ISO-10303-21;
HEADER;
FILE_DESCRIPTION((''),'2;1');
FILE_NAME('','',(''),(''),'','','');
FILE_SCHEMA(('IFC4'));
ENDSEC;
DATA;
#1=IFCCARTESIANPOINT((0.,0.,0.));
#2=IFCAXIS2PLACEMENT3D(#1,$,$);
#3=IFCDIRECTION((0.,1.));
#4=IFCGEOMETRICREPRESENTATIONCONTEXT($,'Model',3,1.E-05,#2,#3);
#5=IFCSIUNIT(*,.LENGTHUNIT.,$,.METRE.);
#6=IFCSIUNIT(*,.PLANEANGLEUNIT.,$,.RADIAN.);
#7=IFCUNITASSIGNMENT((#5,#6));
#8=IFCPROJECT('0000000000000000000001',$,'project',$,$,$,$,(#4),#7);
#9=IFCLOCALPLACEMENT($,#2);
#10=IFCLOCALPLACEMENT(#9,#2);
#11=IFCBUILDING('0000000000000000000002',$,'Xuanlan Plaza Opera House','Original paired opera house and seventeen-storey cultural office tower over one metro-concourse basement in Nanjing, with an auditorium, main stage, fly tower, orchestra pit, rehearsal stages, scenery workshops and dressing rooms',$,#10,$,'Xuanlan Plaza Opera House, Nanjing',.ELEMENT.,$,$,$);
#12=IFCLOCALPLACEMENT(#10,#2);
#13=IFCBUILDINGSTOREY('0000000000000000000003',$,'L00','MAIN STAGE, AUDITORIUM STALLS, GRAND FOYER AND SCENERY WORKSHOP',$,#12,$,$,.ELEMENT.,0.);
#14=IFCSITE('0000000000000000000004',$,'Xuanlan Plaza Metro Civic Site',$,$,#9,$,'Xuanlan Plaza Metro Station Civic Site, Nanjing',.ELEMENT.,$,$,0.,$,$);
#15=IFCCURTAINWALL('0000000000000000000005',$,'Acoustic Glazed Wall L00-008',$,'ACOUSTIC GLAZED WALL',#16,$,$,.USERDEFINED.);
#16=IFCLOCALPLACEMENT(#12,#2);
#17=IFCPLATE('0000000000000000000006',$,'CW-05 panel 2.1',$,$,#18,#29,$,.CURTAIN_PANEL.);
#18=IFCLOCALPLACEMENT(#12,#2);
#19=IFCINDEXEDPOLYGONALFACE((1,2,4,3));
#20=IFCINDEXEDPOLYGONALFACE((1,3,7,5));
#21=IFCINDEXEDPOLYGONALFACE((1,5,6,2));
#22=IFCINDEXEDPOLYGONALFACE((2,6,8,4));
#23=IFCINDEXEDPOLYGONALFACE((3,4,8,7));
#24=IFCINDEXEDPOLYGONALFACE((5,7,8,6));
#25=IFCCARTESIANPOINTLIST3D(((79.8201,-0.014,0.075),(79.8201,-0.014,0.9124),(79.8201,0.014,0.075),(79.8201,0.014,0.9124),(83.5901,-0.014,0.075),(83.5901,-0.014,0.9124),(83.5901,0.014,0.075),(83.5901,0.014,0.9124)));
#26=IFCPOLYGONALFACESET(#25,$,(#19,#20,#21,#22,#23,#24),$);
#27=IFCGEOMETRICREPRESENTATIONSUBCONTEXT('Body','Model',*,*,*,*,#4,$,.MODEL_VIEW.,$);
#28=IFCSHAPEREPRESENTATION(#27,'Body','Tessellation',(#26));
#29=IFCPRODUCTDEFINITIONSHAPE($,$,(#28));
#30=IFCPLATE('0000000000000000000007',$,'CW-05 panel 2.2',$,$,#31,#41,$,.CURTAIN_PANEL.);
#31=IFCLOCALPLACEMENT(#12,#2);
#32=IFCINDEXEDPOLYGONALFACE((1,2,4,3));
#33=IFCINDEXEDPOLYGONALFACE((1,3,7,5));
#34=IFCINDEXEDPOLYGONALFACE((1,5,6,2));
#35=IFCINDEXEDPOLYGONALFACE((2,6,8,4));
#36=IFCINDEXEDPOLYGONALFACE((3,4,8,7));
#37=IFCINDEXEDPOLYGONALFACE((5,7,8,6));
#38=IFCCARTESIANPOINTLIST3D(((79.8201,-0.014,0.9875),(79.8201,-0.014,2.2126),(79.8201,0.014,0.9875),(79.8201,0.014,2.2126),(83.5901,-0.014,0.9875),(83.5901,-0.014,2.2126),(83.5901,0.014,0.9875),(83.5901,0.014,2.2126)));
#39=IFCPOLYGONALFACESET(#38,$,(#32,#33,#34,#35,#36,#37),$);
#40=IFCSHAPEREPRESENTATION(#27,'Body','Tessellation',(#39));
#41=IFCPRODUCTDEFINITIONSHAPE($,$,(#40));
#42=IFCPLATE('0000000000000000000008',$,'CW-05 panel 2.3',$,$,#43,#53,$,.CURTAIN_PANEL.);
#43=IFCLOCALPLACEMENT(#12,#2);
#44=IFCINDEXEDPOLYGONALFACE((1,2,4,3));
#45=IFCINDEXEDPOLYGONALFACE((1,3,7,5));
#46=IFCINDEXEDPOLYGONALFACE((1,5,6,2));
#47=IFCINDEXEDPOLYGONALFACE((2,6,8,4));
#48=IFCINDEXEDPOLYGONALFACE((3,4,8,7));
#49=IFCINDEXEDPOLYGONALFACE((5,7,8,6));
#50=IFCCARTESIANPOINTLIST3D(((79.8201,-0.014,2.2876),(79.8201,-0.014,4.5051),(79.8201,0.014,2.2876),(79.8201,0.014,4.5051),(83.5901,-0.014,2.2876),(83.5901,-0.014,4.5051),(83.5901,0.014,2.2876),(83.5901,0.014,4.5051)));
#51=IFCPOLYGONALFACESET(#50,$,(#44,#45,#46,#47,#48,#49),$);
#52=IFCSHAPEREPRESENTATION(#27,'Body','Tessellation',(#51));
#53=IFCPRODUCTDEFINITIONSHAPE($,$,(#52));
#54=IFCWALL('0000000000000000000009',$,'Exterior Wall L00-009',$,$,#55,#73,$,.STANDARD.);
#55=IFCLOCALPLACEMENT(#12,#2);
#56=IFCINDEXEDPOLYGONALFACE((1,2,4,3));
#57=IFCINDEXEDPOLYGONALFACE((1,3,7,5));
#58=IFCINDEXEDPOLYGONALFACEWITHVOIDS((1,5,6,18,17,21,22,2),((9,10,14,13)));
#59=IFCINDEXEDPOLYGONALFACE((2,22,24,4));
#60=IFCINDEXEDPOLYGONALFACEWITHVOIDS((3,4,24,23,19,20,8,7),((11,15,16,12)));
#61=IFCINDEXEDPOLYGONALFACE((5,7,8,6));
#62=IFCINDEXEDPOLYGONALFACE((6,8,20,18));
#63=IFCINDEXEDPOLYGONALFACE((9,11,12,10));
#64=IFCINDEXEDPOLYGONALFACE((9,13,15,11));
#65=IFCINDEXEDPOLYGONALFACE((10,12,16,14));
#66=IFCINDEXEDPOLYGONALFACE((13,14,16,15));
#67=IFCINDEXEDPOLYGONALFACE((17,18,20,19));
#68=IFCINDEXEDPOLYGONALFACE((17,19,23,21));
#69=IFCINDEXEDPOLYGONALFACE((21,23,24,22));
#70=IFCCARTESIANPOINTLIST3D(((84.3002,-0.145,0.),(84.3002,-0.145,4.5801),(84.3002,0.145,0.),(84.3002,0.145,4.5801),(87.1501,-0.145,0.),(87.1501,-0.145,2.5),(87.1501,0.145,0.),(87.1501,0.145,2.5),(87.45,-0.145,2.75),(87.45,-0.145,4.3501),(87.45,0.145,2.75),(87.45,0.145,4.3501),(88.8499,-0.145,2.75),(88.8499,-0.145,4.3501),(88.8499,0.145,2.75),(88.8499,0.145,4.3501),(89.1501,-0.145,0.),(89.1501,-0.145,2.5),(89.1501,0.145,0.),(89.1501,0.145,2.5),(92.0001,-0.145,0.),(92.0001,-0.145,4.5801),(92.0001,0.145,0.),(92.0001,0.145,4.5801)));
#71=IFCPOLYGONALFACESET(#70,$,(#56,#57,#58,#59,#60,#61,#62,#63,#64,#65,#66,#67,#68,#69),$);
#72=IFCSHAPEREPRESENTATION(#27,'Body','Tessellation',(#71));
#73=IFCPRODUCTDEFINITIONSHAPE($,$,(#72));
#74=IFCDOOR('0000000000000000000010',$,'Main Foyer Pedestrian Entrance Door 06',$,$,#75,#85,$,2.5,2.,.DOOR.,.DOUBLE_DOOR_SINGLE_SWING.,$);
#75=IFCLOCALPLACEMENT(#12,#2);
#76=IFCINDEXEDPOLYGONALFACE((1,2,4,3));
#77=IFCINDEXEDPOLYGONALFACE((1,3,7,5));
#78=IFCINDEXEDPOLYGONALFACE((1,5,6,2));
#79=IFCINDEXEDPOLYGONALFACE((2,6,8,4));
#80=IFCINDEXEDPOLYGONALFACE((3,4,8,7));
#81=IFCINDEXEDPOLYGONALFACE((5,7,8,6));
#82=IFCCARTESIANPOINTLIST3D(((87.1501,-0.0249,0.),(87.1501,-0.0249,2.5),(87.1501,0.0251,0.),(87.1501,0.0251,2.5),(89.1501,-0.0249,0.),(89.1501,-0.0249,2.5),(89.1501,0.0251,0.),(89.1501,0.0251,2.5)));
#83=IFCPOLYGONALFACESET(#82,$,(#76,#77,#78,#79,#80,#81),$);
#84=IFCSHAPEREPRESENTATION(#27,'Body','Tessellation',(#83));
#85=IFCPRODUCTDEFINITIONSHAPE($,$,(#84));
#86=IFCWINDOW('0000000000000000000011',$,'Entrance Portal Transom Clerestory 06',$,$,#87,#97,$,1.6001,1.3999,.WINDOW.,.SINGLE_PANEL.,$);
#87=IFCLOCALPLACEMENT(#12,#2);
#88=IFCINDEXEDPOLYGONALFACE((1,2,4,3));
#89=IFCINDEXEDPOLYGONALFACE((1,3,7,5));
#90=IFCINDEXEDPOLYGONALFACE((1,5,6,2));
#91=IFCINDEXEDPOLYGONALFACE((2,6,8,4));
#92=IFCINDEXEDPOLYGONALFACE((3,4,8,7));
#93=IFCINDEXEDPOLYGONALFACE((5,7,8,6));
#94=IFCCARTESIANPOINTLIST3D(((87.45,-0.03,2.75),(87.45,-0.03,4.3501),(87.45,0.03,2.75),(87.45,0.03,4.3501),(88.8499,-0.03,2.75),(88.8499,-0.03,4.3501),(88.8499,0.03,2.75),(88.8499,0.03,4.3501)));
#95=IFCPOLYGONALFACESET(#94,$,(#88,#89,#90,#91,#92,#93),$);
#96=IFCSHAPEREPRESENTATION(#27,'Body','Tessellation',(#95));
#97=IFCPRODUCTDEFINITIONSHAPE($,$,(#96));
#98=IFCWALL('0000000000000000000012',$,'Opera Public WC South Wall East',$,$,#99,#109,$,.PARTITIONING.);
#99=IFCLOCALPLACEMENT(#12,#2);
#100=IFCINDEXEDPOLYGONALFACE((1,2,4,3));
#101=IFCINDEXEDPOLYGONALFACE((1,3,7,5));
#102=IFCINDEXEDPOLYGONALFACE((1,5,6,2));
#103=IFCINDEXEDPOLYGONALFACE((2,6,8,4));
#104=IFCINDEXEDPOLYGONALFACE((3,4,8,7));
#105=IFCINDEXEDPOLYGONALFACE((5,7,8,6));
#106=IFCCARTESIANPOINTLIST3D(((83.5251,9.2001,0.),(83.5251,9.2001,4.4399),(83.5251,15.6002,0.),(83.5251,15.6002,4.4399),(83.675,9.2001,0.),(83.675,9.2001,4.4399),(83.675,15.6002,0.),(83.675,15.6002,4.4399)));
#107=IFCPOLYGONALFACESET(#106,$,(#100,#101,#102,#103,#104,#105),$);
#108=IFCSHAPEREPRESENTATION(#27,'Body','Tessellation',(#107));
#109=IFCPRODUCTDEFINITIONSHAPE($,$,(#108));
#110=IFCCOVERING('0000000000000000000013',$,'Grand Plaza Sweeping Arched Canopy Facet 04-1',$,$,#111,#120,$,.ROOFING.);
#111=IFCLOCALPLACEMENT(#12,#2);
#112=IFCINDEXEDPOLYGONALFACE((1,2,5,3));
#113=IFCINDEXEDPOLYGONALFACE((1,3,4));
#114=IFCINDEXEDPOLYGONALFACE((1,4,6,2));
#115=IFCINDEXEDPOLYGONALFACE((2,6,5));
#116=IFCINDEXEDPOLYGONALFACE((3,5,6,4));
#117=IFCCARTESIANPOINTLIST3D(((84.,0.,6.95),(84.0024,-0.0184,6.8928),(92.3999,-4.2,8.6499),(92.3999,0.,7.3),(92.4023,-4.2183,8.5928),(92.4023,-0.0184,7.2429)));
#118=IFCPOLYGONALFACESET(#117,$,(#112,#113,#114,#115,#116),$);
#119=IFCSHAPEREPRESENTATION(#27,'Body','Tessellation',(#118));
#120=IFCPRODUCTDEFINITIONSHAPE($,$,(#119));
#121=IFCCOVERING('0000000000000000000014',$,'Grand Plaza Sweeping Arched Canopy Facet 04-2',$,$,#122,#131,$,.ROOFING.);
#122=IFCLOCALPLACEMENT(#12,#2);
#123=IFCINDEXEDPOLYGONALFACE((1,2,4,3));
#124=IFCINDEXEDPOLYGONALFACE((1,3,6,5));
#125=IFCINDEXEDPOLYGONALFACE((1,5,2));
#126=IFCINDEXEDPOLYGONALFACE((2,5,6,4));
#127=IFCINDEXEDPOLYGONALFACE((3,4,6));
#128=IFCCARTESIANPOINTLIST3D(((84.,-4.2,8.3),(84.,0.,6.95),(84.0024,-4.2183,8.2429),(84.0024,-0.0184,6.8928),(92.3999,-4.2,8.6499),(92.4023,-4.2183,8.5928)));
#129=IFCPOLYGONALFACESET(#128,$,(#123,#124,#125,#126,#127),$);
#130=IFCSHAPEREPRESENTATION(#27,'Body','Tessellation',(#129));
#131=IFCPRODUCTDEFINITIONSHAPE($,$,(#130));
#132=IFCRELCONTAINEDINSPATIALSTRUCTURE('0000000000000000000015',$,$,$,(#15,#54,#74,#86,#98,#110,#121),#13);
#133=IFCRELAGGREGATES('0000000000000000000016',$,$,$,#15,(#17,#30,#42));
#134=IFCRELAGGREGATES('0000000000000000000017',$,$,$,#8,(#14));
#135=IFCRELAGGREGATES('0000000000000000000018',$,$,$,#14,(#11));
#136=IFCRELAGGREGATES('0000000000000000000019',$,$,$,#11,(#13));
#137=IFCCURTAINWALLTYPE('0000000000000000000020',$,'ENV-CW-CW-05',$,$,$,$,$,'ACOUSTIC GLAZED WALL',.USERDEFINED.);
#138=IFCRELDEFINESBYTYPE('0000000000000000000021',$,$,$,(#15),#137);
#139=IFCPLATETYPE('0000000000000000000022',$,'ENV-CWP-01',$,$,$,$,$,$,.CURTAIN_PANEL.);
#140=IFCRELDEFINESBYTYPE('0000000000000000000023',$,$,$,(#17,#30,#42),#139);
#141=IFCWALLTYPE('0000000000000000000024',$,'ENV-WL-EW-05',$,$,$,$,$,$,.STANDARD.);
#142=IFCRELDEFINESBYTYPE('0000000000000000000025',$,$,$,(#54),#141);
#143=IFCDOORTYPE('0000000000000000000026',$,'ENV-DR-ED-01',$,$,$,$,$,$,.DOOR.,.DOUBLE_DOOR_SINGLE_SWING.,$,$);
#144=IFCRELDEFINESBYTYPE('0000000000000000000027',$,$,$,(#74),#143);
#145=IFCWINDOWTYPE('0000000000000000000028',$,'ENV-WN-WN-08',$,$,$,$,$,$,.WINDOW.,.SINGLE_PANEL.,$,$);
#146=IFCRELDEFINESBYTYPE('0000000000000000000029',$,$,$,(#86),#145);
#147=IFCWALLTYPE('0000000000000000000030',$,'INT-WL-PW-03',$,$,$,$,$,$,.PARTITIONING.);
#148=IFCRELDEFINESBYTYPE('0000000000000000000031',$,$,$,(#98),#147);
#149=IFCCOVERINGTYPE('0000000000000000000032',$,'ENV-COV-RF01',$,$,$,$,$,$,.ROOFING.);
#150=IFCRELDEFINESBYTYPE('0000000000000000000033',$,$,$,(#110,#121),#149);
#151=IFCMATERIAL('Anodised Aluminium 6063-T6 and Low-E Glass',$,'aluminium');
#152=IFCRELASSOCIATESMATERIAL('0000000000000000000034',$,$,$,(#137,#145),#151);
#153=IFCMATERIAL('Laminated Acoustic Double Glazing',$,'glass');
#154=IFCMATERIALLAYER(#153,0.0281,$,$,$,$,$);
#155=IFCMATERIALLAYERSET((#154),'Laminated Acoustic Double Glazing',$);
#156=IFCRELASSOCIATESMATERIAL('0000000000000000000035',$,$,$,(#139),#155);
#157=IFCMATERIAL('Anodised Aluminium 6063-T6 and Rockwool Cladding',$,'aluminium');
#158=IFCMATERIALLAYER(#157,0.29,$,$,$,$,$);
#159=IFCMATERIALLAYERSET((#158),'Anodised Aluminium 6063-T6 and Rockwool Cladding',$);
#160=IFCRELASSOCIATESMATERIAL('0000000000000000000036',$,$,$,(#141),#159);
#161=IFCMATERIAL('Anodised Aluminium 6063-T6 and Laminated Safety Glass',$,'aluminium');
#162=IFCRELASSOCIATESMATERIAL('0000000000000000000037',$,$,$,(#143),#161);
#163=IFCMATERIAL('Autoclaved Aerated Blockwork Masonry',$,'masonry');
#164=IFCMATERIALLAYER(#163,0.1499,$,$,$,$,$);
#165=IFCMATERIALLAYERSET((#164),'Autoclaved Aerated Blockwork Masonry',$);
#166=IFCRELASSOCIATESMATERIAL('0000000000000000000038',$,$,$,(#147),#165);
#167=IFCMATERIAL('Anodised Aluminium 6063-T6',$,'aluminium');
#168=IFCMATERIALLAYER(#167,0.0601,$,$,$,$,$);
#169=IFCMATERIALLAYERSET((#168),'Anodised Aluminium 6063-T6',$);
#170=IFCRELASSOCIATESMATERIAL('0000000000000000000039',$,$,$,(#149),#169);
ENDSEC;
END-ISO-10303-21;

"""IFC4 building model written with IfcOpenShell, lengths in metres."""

from ifc_helpers import new_model, si_unit, direction, frame, frame_2d, origin, origin_2d, place, context, subcontext, project, spatial, polyline, rectangle, outline, extrude, material, layer, layer_set, type_object, element, fill, aggregate, save


model = new_model("IFC4")

# Units and contexts
model_context = context("Model", 3, precision=1e-05, world=origin(), true_north=direction((0.0, 1.0)))
body_context = subcontext(model_context, "Body", "Model", "MODEL_VIEW")
ifc_project = project(units=[si_unit("LENGTHUNIT", "METRE"), si_unit("PLANEANGLEUNIT", "RADIAN")], contexts=[model_context])

# Site, building, storey
site_placement = place(None, origin())
site = spatial("IfcSite", under=ifc_project, at=site_placement, Name="Xuanlan Plaza Metro Civic Site", LongName="Xuanlan Plaza Metro Station Civic Site, Nanjing", CompositionType="ELEMENT", RefElevation=0.0)
building_placement = place(site_placement, origin())
building = spatial("IfcBuilding", under=site, at=building_placement, Name="Xuanlan Plaza Opera House", Description="Original paired opera house and seventeen-storey cultural office tower over one metro-concourse basement in Nanjing, with an auditorium, main stage, fly tower, orchestra pit, rehearsal stages, scenery workshops and dressing rooms", LongName="Xuanlan Plaza Opera House, Nanjing", CompositionType="ELEMENT")
storey_placement = place(building_placement, origin())
storey = spatial("IfcBuildingStorey", under=building, at=storey_placement, Name="L00", Description="MAIN STAGE, AUDITORIUM STALLS, GRAND FOYER AND SCENERY WORKSHOP", CompositionType="ELEMENT", Elevation=0.0)

# Curtain wall
ifc_material_1 = material(Name="Anodised Aluminium 6063-T6 and Low-E Glass", Category="aluminium")
curtain_wall_type = type_object("IfcCurtainWallType", Name="ENV-CW-CW-05", ElementType="ACOUSTIC GLAZED WALL", PredefinedType="USERDEFINED", material=ifc_material_1)
curtain_wall_placement = place(storey_placement, origin())
curtain_wall = element("IfcCurtainWall", 1, at=curtain_wall_placement, inside=storey, type_object=curtain_wall_type, Name="Acoustic Glazed Wall L00-008", ObjectType="ACOUSTIC GLAZED WALL", PredefinedType="USERDEFINED")
ifc_material_2 = material(Name="Anodised Aluminium 6063-T6", Category="aluminium")

# Plates
ifc_material_3 = material(Name="Laminated Acoustic Double Glazing", Category="glass")
ifc_layer_1 = layer(ifc_material_3, 0.0281)
ifc_layer_set_1 = layer_set([ifc_layer_1], Name="Laminated Acoustic Double Glazing")
plate_type = type_object("IfcPlateType", Name="ENV-CWP-01", PredefinedType="CURTAIN_PANEL", material=ifc_layer_set_1)
plate_1_placement = place(storey_placement, frame((81.7051, 0.0, 0.075), z_axis=(0.0, 0.0, 1.0), x_axis=(1.0, 0.0, 0.0)))
plate_1 = element("IfcPlate", 2, at=plate_1_placement, type_object=plate_type, Name="CW-05 panel 2.1", PredefinedType="CURTAIN_PANEL", context=body_context, shape_type="SweptSolid", body=[
    extrude(rectangle(XDim=3.77, YDim=0.0281, at=origin_2d()), origin(), (0.0, 0.0, 1.0), 0.8374),
])
plate_2_placement = place(storey_placement, frame((81.7051, 0.0, 0.9875), z_axis=(0.0, 0.0, 1.0), x_axis=(1.0, 0.0, 0.0)))
plate_2 = element("IfcPlate", 3, at=plate_2_placement, type_object=plate_type, Name="CW-05 panel 2.2", PredefinedType="CURTAIN_PANEL", context=body_context, shape_type="SweptSolid", body=[
    extrude(rectangle(XDim=3.77, YDim=0.0281, at=origin_2d()), origin(), (0.0, 0.0, 1.0), 1.2251),
])
plate_3_placement = place(storey_placement, frame((81.7051, 0.0, 2.2876), z_axis=(0.0, 0.0, 1.0), x_axis=(1.0, 0.0, 0.0)))
plate_3 = element("IfcPlate", 4, at=plate_3_placement, type_object=plate_type, Name="CW-05 panel 2.3", PredefinedType="CURTAIN_PANEL", context=body_context, shape_type="SweptSolid", body=[
    extrude(rectangle(XDim=3.77, YDim=0.0281, at=origin_2d()), origin(), (0.0, 0.0, 1.0), 2.2175),
])
aggregate(curtain_wall, [plate_1, plate_2, plate_3])

# Wall, openings, door, window
ifc_material_4 = material(Name="Anodised Aluminium 6063-T6 and Rockwool Cladding", Category="aluminium")
ifc_layer_2 = layer(ifc_material_4, 0.29)
ifc_layer_set_2 = layer_set([ifc_layer_2], Name="Anodised Aluminium 6063-T6 and Rockwool Cladding")
wall_type_1 = type_object("IfcWallType", Name="ENV-WL-EW-05", PredefinedType="STANDARD", material=ifc_layer_set_2)
wall_1_placement = place(storey_placement, frame((84.3, 0.0, 0.0), z_axis=(0.0, 0.0, 1.0), x_axis=(1.0, 0.0, 0.0)))
wall_1 = element("IfcWall", 5, at=wall_1_placement, inside=storey, type_object=wall_type_1, Name="Exterior Wall L00-009", PredefinedType="STANDARD", context=body_context, shape_type="SweptSolid", body=[
    extrude(rectangle(XDim=7.7, YDim=0.29, at=frame_2d((3.8501, 0.0))), origin(), (0.0, 0.0, 1.0), 4.5801),
])
opening_1_placement = place(wall_1_placement, frame((2.8501, 0.0, 0.0)))
opening_1 = element("IfcOpeningElement", 6, at=opening_1_placement, cuts=wall_1, PredefinedType="OPENING", context=body_context, shape_type="SweptSolid", body=[
    extrude(rectangle(XDim=2.0, YDim=2.5, at=frame_2d((1.0, 1.25))), frame((0.0, 0.155, 0.0), z_axis=(0.0, -1.0, 0.0), x_axis=(1.0, 0.0, 0.0)), (0.0, 0.0, 1.0), 0.3101),
])
opening_2_placement = place(wall_1_placement, frame((3.1499, 0.0, 2.75)))
opening_2 = element("IfcOpeningElement", 7, at=opening_2_placement, cuts=wall_1, PredefinedType="OPENING", context=body_context, shape_type="SweptSolid", body=[
    extrude(rectangle(XDim=1.3999, YDim=1.6001, at=frame_2d((0.7, 0.8))), frame((0.0, 0.155, 0.0), z_axis=(0.0, -1.0, 0.0), x_axis=(1.0, 0.0, 0.0)), (0.0, 0.0, 1.0), 0.3101),
])
ifc_material_5 = material(Name="Anodised Aluminium 6063-T6 and Laminated Safety Glass", Category="aluminium")
door_type = type_object("IfcDoorType", Name="ENV-DR-ED-01", OperationType="DOUBLE_DOOR_SINGLE_SWING", PredefinedType="DOOR", material=ifc_material_5)
door_placement = place(opening_1_placement, frame((2.0, 0.0, 0.0), z_axis=(0.0, 0.0, 1.0), x_axis=(-1.0, 0.0, 0.0)))
door = element("IfcDoor", 8, at=door_placement, inside=storey, type_object=door_type, Name="Main Foyer Pedestrian Entrance Door 06", OperationType="DOUBLE_DOOR_SINGLE_SWING", OverallHeight=2.5, OverallWidth=2.0, PredefinedType="DOOR", context=body_context, shape_type="SweptSolid", body=[
    extrude(rectangle(XDim=2.0, YDim=2.5, at=frame_2d((1.0, 1.25))), frame((0.0, 0.0249, 0.0), z_axis=(0.0, -1.0, 0.0), x_axis=(1.0, 0.0, 0.0)), (0.0, 0.0, 1.0), 0.05),
])
fill(opening_1, door)
window_type = type_object("IfcWindowType", Name="ENV-WN-WN-08", PartitioningType="SINGLE_PANEL", PredefinedType="WINDOW", material=ifc_material_1)
window_placement = place(opening_2_placement, origin())
window = element("IfcWindow", 9, at=window_placement, inside=storey, type_object=window_type, Name="Entrance Portal Transom Clerestory 06", OverallHeight=1.6001, OverallWidth=1.3999, PartitioningType="SINGLE_PANEL", PredefinedType="WINDOW", context=body_context, shape_type="SweptSolid", body=[
    extrude(rectangle(XDim=1.3999, YDim=1.6001, at=frame_2d((0.7, 0.8))), frame((0.0, 0.03, 0.0), z_axis=(0.0, -1.0, 0.0), x_axis=(1.0, 0.0, 0.0)), (0.0, 0.0, 1.0), 0.0601),
])
fill(opening_2, window)

# Wall
ifc_material_6 = material(Name="Autoclaved Aerated Blockwork Masonry", Category="masonry")
ifc_layer_3 = layer(ifc_material_6, 0.1499)
ifc_layer_set_3 = layer_set([ifc_layer_3], Name="Autoclaved Aerated Blockwork Masonry")
wall_type_2 = type_object("IfcWallType", Name="INT-WL-PW-03", PredefinedType="PARTITIONING", material=ifc_layer_set_3)
wall_2_placement = place(storey_placement, frame((83.6001, 9.2, 0.0), z_axis=(0.0, 0.0, 1.0), x_axis=(0.0, 1.0, 0.0)))
element("IfcWall", 10, at=wall_2_placement, inside=storey, type_object=wall_type_2, Name="Opera Public WC South Wall East", PredefinedType="PARTITIONING", context=body_context, shape_type="SweptSolid", body=[
    extrude(rectangle(XDim=6.4001, YDim=0.1499, at=frame_2d((3.2002, 0.0))), origin(), (0.0, 0.0, 1.0), 4.4399),
])

# Coverings
ifc_layer_4 = layer(ifc_material_2, 0.0601)
ifc_layer_set_4 = layer_set([ifc_layer_4], Name="Anodised Aluminium 6063-T6")
covering_type = type_object("IfcCoveringType", Name="ENV-COV-RF01", PredefinedType="ROOFING", material=ifc_layer_set_4)
covering_1_placement = place(storey_placement, frame((84.0, 0.0, 6.95), z_axis=(-0.039649, 0.305742, 0.951289), x_axis=(0.999133, 0.0, 0.041643)))
element("IfcCovering", 11, at=covering_1_placement, inside=storey, type_object=covering_type, Name="Grand Plaza Sweeping Arched Canopy Facet 04-1", PredefinedType="ROOFING", context=body_context, shape_type="SweptSolid", body=[
    extrude(outline(polyline([(0.0, 0.0), (8.4072, 0.0), (8.4634, -4.4112), (0.0, 0.0)])), origin(), (0.0, 0.0, -1.0), 0.0601),
])
covering_2_placement = place(storey_placement, frame((84.0, 0.0, 6.95), z_axis=(-0.03962, 0.305792, 0.951274), x_axis=(0.880125, -0.440062, 0.178117)))
element("IfcCovering", 12, at=covering_2_placement, inside=storey, type_object=covering_type, Name="Grand Plaza Sweeping Arched Canopy Facet 04-2", PredefinedType="ROOFING", context=body_context, shape_type="SweptSolid", body=[
    extrude(outline(polyline([(0.0, 0.0), (9.544, 0.0), (2.0887, -3.8858), (0.0, 0.0)])), origin(), (0.0, 0.0, -1.0), 0.0601),
])

save(model, "model.ifc")
